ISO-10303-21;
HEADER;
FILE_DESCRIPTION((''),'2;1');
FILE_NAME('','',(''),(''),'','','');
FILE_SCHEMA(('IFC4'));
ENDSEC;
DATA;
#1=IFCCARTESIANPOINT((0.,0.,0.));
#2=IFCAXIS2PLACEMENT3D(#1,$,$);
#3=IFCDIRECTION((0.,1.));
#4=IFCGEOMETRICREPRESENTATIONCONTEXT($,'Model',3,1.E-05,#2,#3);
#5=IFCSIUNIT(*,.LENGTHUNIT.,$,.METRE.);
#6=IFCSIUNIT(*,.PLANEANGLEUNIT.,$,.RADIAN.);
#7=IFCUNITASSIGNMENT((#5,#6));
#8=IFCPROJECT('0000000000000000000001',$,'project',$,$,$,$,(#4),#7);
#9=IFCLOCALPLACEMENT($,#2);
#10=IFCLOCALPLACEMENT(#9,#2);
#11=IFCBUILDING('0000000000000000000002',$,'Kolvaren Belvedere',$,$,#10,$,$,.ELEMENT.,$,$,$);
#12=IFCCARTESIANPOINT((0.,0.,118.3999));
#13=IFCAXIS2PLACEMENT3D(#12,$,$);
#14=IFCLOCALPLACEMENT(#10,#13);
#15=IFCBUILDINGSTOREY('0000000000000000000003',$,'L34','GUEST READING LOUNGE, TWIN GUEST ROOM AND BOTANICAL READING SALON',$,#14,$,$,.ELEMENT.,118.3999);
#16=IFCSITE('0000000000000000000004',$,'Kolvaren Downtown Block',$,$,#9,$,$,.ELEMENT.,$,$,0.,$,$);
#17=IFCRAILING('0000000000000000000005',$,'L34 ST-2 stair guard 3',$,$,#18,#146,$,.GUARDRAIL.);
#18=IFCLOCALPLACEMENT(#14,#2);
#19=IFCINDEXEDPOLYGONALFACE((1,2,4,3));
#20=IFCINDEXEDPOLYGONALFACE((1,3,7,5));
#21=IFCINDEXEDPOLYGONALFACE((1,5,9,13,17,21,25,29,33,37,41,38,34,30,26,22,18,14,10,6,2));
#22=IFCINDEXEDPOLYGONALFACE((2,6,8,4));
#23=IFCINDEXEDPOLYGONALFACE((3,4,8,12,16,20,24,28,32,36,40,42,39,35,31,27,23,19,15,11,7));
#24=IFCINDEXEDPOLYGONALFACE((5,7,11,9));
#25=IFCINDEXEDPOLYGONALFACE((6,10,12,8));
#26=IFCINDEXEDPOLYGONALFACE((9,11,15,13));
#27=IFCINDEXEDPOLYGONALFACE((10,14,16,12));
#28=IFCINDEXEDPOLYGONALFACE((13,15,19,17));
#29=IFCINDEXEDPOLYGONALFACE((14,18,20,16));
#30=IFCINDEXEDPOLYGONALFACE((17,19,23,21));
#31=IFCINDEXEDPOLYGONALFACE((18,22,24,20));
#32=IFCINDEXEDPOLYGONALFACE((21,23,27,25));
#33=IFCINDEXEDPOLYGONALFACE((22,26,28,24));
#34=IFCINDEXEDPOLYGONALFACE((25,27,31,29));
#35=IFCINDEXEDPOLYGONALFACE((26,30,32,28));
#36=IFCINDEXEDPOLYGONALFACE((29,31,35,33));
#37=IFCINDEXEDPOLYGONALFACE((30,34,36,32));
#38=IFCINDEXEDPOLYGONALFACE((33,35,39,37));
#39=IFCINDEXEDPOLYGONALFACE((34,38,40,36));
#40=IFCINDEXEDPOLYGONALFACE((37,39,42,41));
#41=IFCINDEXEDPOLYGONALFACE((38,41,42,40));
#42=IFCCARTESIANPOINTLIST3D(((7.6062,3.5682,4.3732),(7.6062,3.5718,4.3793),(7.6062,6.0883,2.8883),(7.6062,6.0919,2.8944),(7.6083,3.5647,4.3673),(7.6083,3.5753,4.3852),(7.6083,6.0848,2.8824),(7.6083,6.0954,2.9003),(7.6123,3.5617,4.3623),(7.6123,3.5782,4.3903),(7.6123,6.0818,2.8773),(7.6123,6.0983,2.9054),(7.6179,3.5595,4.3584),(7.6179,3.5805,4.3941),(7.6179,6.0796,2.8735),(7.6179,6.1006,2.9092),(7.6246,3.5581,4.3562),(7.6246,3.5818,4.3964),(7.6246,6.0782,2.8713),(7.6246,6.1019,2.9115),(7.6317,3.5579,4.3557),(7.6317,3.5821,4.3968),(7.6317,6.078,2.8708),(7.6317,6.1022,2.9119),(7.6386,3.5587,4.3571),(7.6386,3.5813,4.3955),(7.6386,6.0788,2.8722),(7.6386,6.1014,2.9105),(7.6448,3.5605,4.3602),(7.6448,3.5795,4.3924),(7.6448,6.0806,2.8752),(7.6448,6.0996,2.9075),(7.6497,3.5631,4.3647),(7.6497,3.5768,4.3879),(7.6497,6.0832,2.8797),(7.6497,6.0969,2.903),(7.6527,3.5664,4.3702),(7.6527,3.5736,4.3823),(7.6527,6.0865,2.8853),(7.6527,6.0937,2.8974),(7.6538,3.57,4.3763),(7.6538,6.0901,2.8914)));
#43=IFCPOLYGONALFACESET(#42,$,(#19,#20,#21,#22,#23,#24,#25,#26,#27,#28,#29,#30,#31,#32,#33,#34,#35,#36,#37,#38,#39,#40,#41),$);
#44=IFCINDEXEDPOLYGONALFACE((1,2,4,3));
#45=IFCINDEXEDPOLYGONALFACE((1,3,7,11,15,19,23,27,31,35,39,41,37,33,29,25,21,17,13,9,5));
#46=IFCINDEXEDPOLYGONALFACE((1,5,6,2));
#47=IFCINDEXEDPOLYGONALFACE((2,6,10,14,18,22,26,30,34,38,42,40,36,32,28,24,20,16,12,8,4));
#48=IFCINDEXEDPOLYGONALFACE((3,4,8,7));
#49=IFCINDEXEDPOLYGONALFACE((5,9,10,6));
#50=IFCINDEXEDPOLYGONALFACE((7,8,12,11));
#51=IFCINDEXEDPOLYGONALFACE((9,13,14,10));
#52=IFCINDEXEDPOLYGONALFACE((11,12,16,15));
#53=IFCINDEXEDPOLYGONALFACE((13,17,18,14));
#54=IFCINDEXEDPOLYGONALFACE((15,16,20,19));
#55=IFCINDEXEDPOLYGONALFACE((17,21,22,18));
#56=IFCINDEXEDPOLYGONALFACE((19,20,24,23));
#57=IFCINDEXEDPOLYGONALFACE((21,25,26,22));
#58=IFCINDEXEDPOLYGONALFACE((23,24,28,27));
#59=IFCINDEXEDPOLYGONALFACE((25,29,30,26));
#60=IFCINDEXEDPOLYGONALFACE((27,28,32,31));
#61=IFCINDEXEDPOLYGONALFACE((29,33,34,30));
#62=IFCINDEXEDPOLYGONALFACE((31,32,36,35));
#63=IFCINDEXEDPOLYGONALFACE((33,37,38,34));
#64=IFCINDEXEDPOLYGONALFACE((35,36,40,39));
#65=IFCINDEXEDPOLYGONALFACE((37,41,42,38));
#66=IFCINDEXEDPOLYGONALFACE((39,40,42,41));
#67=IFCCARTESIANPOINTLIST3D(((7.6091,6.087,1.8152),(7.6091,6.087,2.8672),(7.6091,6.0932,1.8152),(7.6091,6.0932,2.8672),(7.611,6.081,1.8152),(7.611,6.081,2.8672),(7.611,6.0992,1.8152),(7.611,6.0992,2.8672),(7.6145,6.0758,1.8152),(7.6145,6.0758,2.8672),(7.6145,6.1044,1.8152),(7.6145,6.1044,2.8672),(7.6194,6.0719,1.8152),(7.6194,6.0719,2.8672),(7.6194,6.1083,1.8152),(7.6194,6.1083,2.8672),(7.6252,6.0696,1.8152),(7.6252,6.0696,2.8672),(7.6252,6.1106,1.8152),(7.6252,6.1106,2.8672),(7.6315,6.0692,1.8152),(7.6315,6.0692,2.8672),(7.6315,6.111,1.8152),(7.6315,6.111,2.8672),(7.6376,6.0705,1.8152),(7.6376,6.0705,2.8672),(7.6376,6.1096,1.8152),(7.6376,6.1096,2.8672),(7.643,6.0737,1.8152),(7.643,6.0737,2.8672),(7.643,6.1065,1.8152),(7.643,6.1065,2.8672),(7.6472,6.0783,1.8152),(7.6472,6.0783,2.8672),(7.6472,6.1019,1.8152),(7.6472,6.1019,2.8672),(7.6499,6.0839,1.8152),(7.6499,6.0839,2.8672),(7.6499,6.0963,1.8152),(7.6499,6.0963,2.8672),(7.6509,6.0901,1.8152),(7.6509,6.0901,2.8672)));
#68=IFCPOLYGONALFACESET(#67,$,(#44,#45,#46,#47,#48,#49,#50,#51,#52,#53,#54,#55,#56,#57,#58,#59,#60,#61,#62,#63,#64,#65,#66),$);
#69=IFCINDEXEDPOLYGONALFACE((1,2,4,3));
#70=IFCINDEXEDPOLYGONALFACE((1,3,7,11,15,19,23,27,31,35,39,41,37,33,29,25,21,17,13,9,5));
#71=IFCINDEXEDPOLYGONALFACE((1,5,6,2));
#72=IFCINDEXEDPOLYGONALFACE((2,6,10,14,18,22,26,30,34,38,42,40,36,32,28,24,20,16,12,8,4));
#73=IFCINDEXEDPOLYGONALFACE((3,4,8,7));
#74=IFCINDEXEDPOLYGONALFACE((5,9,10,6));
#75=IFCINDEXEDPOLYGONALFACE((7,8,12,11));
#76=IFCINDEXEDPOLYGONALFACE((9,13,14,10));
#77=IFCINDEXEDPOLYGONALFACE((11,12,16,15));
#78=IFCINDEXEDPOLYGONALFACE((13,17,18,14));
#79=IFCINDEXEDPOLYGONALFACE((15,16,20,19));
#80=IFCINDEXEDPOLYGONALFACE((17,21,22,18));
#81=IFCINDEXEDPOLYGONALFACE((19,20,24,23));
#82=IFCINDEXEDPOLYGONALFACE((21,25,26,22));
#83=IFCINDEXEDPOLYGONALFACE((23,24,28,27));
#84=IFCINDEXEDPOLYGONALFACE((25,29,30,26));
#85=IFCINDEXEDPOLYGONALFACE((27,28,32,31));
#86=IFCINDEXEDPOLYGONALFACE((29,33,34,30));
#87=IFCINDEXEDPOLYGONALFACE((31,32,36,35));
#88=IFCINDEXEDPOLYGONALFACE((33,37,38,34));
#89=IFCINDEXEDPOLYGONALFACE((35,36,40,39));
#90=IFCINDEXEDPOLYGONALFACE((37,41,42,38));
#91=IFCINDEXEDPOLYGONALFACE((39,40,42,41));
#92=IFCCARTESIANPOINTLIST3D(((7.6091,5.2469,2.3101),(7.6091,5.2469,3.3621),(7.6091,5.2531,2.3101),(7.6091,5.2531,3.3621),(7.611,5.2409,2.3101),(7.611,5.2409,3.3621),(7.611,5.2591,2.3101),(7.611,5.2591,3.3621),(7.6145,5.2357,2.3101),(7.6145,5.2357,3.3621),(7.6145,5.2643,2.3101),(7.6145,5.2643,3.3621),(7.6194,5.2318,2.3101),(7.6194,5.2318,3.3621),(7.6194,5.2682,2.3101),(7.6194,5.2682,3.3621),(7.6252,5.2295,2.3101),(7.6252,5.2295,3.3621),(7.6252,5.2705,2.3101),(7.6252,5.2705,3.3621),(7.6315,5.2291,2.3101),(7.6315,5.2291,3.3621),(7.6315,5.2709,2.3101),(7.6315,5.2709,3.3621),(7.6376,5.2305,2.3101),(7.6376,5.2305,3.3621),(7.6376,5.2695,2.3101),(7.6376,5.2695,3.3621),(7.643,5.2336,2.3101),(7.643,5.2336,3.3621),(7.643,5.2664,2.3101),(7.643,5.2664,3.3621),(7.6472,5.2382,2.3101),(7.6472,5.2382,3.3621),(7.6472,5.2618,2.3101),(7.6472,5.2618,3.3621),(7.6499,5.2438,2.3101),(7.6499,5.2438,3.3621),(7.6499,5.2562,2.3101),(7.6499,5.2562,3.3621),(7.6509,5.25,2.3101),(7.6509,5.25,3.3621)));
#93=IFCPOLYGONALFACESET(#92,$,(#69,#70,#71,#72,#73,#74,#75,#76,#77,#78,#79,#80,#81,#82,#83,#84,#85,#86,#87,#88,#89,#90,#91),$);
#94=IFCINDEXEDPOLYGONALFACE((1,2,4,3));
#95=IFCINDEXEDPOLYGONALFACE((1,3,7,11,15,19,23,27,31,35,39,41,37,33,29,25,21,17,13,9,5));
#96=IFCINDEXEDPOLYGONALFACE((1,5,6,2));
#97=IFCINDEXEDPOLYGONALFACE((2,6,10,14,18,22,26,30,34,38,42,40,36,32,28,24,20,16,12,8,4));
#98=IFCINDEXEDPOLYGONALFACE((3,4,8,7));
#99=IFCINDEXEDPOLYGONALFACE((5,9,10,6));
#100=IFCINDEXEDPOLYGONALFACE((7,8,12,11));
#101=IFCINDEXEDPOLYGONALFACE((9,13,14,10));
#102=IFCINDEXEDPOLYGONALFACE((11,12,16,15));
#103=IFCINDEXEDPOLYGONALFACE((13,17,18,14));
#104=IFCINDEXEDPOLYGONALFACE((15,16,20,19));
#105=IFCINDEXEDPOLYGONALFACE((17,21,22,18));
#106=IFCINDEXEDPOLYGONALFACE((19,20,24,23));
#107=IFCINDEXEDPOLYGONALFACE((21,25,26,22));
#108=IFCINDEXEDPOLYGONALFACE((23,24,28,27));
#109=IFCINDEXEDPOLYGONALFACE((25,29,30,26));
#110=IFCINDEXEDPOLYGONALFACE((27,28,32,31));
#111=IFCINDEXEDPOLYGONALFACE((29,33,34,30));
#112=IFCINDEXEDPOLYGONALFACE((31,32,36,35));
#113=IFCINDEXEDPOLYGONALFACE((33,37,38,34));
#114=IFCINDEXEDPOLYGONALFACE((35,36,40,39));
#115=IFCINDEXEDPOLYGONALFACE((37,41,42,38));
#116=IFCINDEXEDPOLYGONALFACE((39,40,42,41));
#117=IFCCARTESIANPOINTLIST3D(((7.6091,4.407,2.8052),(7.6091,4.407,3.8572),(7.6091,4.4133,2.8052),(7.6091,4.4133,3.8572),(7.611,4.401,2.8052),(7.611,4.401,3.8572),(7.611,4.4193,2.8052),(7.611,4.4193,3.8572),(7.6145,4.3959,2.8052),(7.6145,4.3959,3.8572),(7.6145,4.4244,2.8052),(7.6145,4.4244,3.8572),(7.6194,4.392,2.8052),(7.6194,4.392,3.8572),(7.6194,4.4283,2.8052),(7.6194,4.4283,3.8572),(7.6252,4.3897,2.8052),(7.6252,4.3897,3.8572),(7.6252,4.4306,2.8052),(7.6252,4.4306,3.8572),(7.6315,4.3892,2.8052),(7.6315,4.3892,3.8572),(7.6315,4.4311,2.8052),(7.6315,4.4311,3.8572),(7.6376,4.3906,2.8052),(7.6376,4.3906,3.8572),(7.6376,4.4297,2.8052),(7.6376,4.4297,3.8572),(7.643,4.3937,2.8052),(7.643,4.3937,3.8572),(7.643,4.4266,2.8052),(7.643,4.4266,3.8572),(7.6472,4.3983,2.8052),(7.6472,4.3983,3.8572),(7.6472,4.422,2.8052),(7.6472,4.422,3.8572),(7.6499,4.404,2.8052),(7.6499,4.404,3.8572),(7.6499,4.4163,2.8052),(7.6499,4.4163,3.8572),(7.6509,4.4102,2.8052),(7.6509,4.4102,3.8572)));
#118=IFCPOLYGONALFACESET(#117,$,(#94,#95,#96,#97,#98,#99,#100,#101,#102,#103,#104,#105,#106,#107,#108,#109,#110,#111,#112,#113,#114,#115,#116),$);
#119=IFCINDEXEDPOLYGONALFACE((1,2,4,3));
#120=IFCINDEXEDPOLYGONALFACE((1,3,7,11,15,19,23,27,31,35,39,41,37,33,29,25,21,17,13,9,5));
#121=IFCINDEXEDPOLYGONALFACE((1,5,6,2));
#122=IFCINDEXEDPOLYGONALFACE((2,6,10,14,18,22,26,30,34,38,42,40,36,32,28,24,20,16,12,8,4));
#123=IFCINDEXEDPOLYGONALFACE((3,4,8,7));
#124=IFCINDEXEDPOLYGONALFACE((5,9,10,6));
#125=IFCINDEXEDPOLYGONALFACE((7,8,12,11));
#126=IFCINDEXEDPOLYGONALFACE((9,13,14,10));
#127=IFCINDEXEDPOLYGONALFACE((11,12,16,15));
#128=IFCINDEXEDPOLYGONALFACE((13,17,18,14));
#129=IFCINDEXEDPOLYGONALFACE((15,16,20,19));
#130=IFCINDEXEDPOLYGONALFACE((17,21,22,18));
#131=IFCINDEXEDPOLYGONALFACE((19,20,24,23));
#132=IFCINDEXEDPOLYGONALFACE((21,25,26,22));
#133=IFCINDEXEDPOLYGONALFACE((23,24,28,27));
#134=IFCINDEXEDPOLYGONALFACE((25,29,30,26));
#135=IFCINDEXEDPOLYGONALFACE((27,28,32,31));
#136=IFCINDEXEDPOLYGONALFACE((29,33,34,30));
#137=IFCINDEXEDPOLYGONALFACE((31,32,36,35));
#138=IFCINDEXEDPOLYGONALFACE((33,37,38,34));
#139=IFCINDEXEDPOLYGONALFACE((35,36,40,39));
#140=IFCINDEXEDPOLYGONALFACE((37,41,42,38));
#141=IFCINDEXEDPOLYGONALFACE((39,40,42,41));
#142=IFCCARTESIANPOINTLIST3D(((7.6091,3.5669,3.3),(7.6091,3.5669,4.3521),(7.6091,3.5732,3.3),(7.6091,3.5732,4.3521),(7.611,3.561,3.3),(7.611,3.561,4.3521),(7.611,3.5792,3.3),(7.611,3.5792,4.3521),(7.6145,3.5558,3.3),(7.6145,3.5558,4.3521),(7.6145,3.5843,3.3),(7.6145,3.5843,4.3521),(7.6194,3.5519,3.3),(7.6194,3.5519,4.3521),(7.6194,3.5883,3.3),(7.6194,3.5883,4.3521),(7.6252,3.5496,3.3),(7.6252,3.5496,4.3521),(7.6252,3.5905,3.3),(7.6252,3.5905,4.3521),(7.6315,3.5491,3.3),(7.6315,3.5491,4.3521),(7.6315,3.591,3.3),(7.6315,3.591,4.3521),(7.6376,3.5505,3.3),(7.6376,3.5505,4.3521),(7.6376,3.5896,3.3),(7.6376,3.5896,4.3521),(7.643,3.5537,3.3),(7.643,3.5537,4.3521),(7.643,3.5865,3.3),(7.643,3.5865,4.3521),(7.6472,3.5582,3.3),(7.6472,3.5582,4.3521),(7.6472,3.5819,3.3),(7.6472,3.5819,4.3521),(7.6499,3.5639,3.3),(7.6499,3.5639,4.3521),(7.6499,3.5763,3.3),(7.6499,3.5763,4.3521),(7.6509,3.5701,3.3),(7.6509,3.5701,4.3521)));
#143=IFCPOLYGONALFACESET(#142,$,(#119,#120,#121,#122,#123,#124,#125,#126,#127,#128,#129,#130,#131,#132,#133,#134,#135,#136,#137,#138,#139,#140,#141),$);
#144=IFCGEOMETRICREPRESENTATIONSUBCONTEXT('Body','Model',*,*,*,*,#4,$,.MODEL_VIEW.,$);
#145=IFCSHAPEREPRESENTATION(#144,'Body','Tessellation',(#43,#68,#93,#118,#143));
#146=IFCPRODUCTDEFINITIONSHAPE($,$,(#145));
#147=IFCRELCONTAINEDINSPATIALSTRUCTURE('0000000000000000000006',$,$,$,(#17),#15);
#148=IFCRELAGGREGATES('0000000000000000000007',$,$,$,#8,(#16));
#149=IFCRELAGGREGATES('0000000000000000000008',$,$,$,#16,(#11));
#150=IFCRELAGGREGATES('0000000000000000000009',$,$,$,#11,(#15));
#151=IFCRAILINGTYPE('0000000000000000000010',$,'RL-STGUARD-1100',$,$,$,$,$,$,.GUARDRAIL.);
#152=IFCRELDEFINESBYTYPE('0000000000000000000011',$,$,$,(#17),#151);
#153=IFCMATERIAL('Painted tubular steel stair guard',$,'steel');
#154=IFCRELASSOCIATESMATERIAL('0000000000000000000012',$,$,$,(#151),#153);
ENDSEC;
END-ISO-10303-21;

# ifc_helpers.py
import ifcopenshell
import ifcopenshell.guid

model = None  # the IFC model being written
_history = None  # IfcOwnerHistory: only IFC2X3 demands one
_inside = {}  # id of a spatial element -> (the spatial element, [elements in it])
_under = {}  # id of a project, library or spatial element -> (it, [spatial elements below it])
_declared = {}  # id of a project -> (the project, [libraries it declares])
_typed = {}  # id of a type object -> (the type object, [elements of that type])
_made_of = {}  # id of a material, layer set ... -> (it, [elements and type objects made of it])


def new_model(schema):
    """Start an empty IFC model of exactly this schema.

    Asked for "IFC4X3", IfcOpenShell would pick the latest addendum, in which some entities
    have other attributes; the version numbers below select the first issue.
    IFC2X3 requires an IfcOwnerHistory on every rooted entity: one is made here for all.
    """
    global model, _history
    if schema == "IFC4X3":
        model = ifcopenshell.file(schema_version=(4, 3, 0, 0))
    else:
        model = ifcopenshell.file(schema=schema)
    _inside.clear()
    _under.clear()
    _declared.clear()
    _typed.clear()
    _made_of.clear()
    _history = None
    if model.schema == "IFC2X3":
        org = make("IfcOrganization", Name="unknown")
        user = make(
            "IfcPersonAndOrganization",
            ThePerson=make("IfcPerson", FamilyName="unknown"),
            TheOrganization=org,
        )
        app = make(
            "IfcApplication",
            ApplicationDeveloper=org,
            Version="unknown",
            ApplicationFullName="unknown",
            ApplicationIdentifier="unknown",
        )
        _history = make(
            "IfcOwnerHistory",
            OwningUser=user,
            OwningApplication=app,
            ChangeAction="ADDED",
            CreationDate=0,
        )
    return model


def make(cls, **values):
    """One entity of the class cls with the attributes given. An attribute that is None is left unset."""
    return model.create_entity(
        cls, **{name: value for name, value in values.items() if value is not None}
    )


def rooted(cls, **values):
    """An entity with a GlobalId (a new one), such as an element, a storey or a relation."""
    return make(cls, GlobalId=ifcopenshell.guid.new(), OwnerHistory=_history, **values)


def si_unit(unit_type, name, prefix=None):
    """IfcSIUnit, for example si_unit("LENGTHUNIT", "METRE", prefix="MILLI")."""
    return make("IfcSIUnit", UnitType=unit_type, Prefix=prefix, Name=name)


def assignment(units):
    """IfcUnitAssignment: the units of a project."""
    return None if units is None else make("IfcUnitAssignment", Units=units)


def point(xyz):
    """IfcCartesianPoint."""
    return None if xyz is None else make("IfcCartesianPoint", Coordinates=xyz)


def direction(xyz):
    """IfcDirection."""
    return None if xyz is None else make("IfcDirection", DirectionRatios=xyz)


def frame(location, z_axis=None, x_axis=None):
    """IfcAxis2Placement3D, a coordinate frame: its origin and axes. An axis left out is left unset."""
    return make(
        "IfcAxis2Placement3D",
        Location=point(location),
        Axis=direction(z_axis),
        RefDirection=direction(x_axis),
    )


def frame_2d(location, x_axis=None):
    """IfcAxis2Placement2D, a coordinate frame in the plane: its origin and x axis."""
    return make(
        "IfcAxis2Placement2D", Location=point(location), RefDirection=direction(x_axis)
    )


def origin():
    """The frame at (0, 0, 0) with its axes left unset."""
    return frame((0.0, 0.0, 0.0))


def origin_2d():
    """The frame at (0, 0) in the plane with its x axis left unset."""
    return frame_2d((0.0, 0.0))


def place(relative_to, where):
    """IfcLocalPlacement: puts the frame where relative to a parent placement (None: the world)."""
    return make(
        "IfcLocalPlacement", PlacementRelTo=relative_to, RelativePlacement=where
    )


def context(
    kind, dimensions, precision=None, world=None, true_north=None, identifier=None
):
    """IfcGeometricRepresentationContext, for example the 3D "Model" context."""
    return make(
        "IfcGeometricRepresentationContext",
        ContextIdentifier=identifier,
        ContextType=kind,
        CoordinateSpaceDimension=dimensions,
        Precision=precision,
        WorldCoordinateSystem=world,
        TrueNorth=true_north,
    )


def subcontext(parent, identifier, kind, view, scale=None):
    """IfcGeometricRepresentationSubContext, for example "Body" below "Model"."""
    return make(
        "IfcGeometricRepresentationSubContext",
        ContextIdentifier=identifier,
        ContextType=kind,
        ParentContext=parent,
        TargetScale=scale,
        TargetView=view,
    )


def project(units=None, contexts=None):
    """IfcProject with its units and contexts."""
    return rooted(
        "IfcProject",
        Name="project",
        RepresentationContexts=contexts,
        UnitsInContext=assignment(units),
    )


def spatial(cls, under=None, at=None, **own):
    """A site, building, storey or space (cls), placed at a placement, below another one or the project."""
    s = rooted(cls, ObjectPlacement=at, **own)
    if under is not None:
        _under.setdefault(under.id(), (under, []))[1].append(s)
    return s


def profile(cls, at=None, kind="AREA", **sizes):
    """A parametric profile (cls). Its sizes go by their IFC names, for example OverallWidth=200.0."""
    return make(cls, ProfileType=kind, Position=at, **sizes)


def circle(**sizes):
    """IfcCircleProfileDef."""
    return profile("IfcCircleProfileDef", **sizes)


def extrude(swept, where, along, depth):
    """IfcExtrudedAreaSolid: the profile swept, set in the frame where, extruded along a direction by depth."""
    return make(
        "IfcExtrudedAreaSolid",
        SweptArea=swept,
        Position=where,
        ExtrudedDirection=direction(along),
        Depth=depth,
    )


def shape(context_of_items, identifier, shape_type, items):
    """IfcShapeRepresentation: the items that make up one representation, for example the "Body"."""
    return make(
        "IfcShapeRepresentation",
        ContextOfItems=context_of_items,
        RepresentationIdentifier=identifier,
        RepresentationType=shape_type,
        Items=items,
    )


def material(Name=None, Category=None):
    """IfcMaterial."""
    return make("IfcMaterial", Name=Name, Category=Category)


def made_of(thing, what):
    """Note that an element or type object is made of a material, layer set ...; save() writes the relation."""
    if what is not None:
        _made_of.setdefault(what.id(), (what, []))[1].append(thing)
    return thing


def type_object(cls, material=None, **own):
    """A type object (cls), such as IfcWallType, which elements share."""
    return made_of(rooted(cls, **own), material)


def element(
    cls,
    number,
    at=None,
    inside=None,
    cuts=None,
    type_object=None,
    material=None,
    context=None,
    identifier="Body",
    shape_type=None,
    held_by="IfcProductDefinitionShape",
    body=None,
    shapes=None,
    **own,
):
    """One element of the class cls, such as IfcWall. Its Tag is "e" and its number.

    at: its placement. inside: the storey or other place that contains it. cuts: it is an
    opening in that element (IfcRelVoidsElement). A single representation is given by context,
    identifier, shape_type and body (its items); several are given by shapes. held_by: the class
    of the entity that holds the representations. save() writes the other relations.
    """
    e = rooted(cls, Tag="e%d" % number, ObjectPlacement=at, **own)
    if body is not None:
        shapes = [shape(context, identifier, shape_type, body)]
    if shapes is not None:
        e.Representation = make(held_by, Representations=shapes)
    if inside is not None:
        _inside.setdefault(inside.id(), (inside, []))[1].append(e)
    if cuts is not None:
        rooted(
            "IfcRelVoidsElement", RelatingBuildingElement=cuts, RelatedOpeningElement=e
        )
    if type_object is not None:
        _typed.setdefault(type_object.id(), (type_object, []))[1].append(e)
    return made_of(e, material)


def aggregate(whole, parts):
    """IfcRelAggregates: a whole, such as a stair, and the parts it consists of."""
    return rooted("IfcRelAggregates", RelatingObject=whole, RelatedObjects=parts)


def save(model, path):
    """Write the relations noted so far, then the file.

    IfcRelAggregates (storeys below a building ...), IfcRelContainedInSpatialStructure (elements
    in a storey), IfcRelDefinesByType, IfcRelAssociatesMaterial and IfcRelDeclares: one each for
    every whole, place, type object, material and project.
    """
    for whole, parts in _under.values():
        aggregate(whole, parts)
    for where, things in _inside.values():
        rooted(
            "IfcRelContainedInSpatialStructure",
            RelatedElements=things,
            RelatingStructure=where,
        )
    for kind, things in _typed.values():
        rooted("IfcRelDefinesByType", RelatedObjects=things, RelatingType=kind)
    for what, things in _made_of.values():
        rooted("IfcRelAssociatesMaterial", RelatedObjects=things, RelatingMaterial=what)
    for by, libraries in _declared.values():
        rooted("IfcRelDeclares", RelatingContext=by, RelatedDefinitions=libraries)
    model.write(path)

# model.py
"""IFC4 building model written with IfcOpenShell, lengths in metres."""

from ifc_helpers import new_model, si_unit, direction, frame, origin, origin_2d, place, context, subcontext, project, spatial, circle, extrude, material, type_object, element, save


model = new_model("IFC4")

# Units and contexts
model_context = context("Model", 3, precision=1e-05, world=origin(), true_north=direction((0.0, 1.0)))
body_context = subcontext(model_context, "Body", "Model", "MODEL_VIEW")
ifc_project = project(units=[si_unit("LENGTHUNIT", "METRE"), si_unit("PLANEANGLEUNIT", "RADIAN")], contexts=[model_context])

# Site, building, storey
site_placement = place(None, origin())
site = spatial("IfcSite", under=ifc_project, at=site_placement, Name="Kolvaren Downtown Block", CompositionType="ELEMENT", RefElevation=0.0)
building_placement = place(site_placement, origin())
building = spatial("IfcBuilding", under=site, at=building_placement, Name="Kolvaren Belvedere", CompositionType="ELEMENT")
storey_placement = place(building_placement, frame((0.0, 0.0, 118.3999)))
storey = spatial("IfcBuildingStorey", under=building, at=storey_placement, Name="L34", Description="GUEST READING LOUNGE, TWIN GUEST ROOM AND BOTANICAL READING SALON", CompositionType="ELEMENT", Elevation=118.3999)

# Railing
ifc_material_1 = material(Name="Painted tubular steel stair guard", Category="steel")
railing_type_1 = type_object("IfcRailingType", Name="RL-STGUARD-1100", PredefinedType="GUARDRAIL", material=ifc_material_1)
railing_1_placement = place(storey_placement, frame((7.6299, 6.0901, 1.8152)))
element("IfcRailing", 1, at=railing_1_placement, inside=storey, type_object=railing_type_1, Name="L34 ST-2 stair guard 3", PredefinedType="GUARDRAIL", context=body_context, shape_type="SweptSolid", body=[
    extrude(circle(Radius=0.0239, at=origin_2d()), frame((0.0, 0.0, 1.0762), z_axis=(0.0, -0.861561, 0.507655), x_axis=(1.0, 0.0, 0.0)), (0.0, 0.0, 1.0), 2.925),
    extrude(circle(Radius=0.021, at=origin_2d()), origin(), (0.0, 0.0, 1.0), 1.052),
    extrude(circle(Radius=0.021, at=origin_2d()), frame((0.0, -0.8401, 0.4949)), (0.0, 0.0, 1.0), 1.052),
    extrude(circle(Radius=0.021, at=origin_2d()), frame((0.0, -1.6799, 0.99)), (0.0, 0.0, 1.0), 1.052),
    extrude(circle(Radius=0.021, at=origin_2d()), frame((0.0, -2.52, 1.4849)), (0.0, 0.0, 1.0), 1.052),
])

save(model, "model.ifc")
